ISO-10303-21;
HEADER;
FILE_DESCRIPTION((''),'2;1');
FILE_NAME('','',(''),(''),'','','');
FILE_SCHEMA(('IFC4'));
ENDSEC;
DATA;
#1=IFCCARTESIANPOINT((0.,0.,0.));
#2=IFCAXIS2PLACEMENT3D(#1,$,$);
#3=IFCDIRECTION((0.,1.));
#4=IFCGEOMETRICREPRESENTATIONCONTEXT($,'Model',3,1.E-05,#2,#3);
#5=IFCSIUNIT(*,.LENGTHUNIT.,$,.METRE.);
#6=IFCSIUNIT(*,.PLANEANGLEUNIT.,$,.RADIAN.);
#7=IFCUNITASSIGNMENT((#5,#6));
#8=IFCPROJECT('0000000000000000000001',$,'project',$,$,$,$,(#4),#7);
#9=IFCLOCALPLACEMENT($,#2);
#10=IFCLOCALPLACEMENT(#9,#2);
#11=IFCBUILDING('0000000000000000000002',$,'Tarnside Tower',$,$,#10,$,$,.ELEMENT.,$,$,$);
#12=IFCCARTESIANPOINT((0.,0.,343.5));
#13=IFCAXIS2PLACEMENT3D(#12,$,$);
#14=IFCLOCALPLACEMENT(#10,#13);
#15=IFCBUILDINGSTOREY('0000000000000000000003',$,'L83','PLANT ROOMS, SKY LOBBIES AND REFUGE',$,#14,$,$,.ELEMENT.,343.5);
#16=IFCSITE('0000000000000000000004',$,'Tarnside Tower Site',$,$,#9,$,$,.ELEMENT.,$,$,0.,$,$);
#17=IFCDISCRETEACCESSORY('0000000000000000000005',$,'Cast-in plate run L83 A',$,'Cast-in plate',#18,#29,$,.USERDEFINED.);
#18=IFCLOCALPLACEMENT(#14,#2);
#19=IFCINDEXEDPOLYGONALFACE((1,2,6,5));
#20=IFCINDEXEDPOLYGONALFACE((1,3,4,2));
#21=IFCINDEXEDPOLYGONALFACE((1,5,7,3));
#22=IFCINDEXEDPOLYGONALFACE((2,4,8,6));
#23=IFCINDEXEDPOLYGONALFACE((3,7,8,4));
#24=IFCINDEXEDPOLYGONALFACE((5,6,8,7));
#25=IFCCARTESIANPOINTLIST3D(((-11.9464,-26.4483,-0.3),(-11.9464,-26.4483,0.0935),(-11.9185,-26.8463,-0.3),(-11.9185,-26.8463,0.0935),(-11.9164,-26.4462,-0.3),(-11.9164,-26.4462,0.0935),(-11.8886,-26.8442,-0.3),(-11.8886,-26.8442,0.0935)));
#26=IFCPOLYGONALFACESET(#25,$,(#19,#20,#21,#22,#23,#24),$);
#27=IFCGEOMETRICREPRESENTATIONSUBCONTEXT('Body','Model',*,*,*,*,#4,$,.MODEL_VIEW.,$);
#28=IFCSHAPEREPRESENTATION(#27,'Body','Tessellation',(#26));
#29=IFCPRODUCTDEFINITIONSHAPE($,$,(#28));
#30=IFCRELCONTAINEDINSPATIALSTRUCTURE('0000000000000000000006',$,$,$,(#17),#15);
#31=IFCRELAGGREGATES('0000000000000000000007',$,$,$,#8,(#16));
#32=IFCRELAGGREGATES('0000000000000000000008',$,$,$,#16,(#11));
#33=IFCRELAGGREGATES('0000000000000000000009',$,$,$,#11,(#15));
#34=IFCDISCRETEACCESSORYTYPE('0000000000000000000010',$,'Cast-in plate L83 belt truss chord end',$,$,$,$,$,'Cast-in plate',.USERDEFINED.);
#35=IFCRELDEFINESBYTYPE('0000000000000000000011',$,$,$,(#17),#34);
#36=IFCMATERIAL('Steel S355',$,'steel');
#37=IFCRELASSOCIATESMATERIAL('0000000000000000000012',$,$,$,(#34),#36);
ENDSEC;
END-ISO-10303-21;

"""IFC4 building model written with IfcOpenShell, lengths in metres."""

from ifc_helpers import new_model, si_unit, direction, frame, origin, origin_2d, place, context, subcontext, project, spatial, rectangle, extrude, material, type_object, element, save


model = new_model("IFC4")

# Units and contexts
model_context = context("Model", 3, precision=1e-05, world=origin(), true_north=direction((0.0, 1.0)))
body_context = subcontext(model_context, "Body", "Model", "MODEL_VIEW")
ifc_project = project(units=[si_unit("LENGTHUNIT", "METRE"), si_unit("PLANEANGLEUNIT", "RADIAN")], contexts=[model_context])

# Site, building, storey
site_placement = place(None, origin())
site = spatial("IfcSite", under=ifc_project, at=site_placement, Name="Tarnside Tower Site", CompositionType="ELEMENT", RefElevation=0.0)
building_placement = place(site_placement, origin())
building = spatial("IfcBuilding", under=site, at=building_placement, Name="Tarnside Tower", CompositionType="ELEMENT")
storey_placement = place(building_placement, frame((0.0, 0.0, 343.5)))
storey = spatial("IfcBuildingStorey", under=building, at=storey_placement, Name="L83", Description="PLANT ROOMS, SKY LOBBIES AND REFUGE", CompositionType="ELEMENT", Elevation=343.5)

# Shared definitions
ifc_material_1 = material(Name="Steel S355", Category="steel")

# Discrete accessory
discrete_accessory_type = type_object("IfcDiscreteAccessoryType", Name="Cast-in plate L83 belt truss chord end", ElementType="Cast-in plate", PredefinedType="USERDEFINED", material=ifc_material_1)
discrete_accessory_placement = place(storey_placement, frame((-11.9175, -26.6462, -0.3), z_axis=(0.0, 0.0, 1.0), x_axis=(0.997564, 0.069756, 0.0)))
element("IfcDiscreteAccessory", 1, at=discrete_accessory_placement, inside=storey, type_object=discrete_accessory_type, Name="Cast-in plate run L83 A", ObjectType="Cast-in plate", PredefinedType="USERDEFINED", context=body_context, shape_type="SweptSolid", body=[
    extrude(rectangle(XDim=0.03, YDim=0.3989, at=origin_2d()), origin(), (0.0, 0.0, 1.0), 0.3936),
])

save(model, "model.ifc")
